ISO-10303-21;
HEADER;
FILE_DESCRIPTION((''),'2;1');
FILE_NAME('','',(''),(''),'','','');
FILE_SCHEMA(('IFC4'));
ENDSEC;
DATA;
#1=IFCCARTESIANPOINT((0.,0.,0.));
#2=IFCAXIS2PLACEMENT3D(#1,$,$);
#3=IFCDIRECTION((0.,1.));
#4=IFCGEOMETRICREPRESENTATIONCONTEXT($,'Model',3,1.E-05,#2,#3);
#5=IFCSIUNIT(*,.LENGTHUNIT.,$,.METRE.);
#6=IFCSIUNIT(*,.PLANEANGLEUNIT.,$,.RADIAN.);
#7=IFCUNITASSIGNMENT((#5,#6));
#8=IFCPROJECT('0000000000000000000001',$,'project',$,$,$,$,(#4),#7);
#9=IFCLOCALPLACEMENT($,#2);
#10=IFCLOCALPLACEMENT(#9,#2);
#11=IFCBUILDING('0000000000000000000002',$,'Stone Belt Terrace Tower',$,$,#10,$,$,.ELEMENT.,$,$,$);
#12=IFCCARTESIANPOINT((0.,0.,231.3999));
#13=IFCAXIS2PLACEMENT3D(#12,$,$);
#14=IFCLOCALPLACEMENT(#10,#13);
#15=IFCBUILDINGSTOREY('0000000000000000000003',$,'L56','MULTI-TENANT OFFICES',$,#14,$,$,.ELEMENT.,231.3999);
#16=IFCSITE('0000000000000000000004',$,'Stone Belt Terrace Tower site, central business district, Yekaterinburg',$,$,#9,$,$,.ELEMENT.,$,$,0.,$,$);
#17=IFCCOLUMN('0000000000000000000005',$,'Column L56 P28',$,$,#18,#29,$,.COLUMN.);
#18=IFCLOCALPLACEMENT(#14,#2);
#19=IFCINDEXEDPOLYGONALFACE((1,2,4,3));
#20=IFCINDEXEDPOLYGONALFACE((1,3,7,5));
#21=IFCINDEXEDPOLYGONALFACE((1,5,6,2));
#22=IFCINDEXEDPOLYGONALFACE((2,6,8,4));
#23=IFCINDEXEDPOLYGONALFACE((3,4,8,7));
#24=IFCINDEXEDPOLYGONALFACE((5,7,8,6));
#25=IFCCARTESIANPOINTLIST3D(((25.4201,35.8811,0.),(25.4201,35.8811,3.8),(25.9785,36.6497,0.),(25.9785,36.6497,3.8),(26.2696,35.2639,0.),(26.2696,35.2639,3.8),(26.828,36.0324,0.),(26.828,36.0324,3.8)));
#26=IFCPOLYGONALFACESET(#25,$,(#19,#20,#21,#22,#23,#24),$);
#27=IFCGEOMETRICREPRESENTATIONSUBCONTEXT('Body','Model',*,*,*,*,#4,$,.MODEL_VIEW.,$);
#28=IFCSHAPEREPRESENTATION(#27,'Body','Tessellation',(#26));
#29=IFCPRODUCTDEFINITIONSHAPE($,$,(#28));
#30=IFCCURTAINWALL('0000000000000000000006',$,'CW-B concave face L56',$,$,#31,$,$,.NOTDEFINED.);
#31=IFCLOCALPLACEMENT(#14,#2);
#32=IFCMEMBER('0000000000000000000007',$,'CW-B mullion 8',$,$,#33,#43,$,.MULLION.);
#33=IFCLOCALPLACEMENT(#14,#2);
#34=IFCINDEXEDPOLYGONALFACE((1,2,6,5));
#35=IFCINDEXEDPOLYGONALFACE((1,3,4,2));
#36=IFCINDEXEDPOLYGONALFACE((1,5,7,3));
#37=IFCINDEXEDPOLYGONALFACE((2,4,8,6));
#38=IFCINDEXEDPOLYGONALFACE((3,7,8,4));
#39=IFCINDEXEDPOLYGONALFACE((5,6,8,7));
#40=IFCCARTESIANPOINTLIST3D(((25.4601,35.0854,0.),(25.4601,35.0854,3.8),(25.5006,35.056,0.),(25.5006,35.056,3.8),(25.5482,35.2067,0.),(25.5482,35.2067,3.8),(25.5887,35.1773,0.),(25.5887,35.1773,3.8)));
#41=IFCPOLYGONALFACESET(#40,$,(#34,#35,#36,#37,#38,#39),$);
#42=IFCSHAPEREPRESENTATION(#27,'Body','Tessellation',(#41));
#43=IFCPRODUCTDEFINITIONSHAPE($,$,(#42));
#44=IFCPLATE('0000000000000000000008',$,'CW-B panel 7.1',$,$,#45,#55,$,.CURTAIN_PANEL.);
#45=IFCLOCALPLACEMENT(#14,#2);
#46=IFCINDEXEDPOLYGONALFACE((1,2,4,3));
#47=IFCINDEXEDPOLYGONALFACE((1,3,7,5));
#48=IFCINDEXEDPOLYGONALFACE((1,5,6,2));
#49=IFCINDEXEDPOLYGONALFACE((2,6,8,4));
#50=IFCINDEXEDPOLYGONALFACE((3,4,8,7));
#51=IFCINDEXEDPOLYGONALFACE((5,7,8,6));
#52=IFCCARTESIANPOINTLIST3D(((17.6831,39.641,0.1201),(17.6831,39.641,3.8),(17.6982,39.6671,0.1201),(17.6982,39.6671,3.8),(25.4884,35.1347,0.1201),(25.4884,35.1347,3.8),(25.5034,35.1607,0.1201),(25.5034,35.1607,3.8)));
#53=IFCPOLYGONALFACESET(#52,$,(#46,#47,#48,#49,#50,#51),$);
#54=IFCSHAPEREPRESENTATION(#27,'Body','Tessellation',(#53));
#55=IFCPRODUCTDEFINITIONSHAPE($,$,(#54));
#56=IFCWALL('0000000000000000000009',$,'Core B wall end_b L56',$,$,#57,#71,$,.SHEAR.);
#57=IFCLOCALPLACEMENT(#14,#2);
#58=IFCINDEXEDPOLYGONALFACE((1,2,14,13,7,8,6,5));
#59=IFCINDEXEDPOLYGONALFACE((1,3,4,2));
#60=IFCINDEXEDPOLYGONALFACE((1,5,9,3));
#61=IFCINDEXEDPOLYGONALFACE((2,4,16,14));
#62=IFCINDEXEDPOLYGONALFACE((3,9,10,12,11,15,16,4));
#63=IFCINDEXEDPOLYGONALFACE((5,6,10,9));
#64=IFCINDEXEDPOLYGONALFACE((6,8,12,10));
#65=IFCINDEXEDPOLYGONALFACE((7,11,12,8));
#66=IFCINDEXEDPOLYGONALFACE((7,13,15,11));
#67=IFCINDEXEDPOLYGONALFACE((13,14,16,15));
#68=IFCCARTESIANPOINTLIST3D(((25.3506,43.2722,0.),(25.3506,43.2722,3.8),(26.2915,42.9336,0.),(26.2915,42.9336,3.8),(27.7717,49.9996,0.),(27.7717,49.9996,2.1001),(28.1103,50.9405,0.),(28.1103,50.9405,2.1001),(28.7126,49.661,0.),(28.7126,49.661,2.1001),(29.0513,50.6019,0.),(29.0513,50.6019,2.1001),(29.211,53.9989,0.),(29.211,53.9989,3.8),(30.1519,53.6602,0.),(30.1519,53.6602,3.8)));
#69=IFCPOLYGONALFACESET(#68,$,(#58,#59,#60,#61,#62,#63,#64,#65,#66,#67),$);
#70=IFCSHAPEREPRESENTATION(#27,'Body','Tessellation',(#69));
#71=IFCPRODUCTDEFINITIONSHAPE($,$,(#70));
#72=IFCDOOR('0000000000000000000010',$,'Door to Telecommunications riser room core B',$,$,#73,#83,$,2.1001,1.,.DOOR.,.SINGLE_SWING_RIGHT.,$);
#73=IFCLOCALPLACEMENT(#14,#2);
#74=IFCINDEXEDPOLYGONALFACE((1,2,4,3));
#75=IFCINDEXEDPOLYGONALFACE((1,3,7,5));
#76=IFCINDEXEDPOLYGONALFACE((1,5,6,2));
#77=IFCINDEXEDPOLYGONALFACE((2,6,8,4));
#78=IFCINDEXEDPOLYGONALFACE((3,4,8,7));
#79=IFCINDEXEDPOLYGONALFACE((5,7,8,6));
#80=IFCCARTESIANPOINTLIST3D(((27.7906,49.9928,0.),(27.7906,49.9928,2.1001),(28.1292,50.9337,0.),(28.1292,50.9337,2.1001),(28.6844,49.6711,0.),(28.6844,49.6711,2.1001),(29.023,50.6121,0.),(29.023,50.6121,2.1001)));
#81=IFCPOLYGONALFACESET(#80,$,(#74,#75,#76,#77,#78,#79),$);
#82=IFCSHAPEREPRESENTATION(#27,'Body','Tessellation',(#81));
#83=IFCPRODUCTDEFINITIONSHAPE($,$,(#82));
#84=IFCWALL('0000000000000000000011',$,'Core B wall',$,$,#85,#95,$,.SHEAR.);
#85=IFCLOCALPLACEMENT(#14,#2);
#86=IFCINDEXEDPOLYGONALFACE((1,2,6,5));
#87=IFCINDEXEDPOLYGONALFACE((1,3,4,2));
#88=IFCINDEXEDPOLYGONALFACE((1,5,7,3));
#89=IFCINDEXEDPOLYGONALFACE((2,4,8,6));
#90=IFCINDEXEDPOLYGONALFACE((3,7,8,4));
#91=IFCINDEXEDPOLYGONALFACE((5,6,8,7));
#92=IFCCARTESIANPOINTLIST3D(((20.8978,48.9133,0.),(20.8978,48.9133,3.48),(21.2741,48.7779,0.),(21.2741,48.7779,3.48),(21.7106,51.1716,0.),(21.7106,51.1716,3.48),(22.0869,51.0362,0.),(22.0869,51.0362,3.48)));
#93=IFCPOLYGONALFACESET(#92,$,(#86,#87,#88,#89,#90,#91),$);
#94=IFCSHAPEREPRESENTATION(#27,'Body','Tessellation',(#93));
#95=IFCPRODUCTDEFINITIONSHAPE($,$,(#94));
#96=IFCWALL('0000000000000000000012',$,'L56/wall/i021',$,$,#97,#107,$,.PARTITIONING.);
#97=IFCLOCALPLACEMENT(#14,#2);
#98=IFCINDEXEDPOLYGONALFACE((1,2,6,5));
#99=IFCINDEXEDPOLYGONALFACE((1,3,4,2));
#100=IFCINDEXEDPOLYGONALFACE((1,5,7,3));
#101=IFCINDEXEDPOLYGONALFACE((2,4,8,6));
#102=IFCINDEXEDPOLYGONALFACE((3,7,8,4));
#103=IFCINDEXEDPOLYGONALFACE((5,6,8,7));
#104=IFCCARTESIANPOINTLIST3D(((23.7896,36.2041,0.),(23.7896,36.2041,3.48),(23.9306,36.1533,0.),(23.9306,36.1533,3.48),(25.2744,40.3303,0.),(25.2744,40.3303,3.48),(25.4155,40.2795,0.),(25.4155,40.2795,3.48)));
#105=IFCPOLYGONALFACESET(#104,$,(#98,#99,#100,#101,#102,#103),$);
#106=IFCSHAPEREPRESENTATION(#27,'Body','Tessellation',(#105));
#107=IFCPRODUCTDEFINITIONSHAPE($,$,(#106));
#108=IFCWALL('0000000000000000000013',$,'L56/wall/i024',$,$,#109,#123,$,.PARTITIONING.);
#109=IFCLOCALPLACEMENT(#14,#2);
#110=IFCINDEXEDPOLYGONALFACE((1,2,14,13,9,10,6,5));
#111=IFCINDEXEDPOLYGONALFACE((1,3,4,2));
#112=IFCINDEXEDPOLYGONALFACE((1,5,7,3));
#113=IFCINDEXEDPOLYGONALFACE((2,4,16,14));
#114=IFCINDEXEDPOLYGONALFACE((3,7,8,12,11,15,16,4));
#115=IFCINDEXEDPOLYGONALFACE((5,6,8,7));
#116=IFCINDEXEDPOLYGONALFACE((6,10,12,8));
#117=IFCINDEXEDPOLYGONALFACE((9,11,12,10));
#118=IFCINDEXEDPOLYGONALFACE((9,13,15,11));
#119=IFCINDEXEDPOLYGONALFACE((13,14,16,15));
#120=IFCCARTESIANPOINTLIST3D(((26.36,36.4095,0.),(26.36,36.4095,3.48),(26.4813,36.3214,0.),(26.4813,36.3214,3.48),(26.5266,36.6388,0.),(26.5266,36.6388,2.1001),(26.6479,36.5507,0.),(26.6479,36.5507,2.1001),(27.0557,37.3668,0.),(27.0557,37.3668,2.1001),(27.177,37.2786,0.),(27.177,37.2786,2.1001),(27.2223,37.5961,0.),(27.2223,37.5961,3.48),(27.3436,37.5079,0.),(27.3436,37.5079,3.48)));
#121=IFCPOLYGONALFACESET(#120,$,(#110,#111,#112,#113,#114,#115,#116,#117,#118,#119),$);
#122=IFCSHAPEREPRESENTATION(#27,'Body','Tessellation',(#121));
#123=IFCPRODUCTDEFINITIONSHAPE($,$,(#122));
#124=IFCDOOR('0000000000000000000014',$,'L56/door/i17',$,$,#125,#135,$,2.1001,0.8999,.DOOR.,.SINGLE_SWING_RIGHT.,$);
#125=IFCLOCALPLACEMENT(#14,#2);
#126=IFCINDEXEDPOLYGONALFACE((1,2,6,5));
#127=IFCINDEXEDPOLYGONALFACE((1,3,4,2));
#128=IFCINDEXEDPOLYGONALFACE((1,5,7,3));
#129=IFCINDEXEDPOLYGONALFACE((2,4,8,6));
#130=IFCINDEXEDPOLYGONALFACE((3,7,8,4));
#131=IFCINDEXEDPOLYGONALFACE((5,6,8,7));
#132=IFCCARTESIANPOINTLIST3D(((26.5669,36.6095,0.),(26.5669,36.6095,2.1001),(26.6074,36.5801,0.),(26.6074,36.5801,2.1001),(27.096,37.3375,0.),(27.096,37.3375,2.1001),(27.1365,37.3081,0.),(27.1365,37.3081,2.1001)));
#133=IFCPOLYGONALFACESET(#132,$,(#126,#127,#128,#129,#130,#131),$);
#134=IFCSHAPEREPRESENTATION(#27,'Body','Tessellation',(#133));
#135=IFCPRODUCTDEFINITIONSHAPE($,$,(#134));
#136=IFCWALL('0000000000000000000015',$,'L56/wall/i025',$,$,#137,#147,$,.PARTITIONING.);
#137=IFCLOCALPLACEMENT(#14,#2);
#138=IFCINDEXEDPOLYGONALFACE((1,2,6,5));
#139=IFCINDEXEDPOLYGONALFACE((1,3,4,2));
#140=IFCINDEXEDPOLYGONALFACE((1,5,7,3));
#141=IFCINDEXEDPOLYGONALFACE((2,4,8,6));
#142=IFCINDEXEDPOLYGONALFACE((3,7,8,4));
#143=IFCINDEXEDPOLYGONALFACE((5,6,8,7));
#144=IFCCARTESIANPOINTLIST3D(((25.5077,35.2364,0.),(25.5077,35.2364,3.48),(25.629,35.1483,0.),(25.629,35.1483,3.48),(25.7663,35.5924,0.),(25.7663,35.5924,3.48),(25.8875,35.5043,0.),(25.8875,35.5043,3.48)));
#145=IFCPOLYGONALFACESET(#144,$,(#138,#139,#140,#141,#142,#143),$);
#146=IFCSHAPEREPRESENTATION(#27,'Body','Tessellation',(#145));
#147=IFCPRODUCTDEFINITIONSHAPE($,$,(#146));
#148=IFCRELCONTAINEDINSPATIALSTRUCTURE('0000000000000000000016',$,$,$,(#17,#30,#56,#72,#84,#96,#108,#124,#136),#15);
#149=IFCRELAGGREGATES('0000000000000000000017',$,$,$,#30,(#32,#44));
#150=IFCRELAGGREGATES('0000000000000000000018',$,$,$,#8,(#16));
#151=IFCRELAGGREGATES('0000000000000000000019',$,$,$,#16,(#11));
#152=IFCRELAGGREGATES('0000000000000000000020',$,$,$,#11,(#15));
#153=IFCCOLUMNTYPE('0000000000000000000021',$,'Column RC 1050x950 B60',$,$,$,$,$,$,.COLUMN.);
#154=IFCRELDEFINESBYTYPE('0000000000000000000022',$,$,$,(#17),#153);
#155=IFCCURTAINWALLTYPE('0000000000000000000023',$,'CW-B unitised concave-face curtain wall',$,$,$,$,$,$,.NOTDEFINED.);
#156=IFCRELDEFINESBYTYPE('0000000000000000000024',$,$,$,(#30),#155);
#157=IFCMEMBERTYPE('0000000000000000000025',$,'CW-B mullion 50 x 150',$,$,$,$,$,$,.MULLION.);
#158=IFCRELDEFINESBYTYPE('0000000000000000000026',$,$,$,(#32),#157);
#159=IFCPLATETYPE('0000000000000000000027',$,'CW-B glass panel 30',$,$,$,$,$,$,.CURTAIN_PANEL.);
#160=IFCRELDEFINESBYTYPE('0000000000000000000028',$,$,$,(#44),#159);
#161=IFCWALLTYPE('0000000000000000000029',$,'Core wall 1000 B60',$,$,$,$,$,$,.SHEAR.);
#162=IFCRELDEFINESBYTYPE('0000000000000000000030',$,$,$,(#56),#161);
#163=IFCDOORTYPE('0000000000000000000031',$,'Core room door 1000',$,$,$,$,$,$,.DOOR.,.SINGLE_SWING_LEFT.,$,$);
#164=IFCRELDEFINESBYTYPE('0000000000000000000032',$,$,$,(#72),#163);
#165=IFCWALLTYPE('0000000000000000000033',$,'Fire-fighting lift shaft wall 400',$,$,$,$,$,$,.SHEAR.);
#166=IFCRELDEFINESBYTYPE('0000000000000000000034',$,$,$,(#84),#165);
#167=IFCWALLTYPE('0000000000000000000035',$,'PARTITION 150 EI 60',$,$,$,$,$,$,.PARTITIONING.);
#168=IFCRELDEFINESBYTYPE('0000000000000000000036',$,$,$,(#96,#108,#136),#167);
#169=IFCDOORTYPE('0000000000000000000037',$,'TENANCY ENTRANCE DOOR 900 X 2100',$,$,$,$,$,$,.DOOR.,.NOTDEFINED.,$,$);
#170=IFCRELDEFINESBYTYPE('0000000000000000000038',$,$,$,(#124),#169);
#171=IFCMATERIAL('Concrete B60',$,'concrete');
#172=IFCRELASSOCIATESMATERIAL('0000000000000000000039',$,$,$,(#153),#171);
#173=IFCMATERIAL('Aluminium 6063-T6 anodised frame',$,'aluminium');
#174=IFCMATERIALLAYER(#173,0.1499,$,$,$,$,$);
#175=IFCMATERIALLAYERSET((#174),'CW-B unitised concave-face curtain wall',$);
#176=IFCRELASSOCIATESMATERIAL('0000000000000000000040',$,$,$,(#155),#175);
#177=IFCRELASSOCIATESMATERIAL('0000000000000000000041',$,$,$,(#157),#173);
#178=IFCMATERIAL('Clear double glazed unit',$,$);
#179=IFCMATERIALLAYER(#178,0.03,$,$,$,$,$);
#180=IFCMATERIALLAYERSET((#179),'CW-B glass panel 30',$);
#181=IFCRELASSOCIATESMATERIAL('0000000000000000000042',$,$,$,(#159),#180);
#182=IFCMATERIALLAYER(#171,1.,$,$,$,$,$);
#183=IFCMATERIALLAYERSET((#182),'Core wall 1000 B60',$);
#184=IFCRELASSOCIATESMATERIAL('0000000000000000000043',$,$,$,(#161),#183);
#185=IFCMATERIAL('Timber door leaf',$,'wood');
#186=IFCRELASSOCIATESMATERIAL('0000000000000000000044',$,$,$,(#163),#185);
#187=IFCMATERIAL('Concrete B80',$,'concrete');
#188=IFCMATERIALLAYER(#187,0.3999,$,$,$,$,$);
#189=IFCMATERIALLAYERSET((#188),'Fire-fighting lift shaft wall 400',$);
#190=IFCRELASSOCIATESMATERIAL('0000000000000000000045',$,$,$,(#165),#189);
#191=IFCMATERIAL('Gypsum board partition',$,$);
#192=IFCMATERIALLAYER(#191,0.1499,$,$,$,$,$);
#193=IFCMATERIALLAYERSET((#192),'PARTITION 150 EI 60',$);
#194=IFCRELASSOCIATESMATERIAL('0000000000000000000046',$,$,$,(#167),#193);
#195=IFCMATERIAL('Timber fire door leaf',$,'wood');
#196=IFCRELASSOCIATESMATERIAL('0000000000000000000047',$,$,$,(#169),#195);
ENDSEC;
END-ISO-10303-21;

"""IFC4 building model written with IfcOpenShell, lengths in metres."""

from ifc_helpers import new_model, si_unit, direction, frame, frame_2d, origin, origin_2d, place, context, subcontext, project, spatial, rectangle, extrude, material, layer, layer_set, material_profile, profile_set, type_object, element, fill, aggregate, save


model = new_model("IFC4")

# Units and contexts
model_context = context("Model", 3, precision=1e-05, world=origin(), true_north=direction((0.0, 1.0)))
body_context = subcontext(model_context, "Body", "Model", "MODEL_VIEW")
ifc_project = project(units=[si_unit("LENGTHUNIT", "METRE"), si_unit("PLANEANGLEUNIT", "RADIAN")], contexts=[model_context])

# Site, building, storey
site_placement = place(None, origin())
site = spatial("IfcSite", under=ifc_project, at=site_placement, Name="Stone Belt Terrace Tower site, central business district, Yekaterinburg", CompositionType="ELEMENT", RefElevation=0.0)
building_placement = place(site_placement, origin())
building = spatial("IfcBuilding", under=site, at=building_placement, Name="Stone Belt Terrace Tower", CompositionType="ELEMENT")
storey_placement = place(building_placement, frame((0.0, 0.0, 231.3999)))
storey = spatial("IfcBuildingStorey", under=building, at=storey_placement, Name="L56", Description="MULTI-TENANT OFFICES", CompositionType="ELEMENT", Elevation=231.3999)

# Column
ifc_material_1 = material(Name="Concrete B60", Category="concrete")
ifc_material_profile_1 = material_profile(ifc_material_1, rectangle(XDim=1.05, YDim=0.95, at=origin_2d()), Name="RC 1050x950")
ifc_profile_set_1 = profile_set([ifc_material_profile_1], Name="Concrete B60")
column_type = type_object("IfcColumnType", Name="Column RC 1050x950 B60", PredefinedType="COLUMN", material=ifc_profile_set_1)
column_placement = place(storey_placement, frame((26.124, 35.9568, 0.0), z_axis=(0.0, 0.0, 1.0), x_axis=(0.809017, -0.587785, 0.0)))
element("IfcColumn", 1, at=column_placement, inside=storey, type_object=column_type, Name="Column L56 P28", PredefinedType="COLUMN", context=body_context, shape_type="SweptSolid", body=[
    extrude(rectangle(XDim=1.05, YDim=0.95, at=origin_2d()), origin(), (0.0, 0.0, 1.0), 3.8),
])

# Curtain wall, member, plate
ifc_material_2 = material(Name="Aluminium 6063-T6 anodised frame", Category="aluminium")
ifc_layer_1 = layer(ifc_material_2, 0.1499)
ifc_layer_set_1 = layer_set([ifc_layer_1], Name="CW-B unitised concave-face curtain wall")
curtain_wall_type = type_object("IfcCurtainWallType", Name="CW-B unitised concave-face curtain wall", PredefinedType="NOTDEFINED", material=ifc_layer_set_1)
curtain_wall_placement = place(storey_placement, origin())
curtain_wall = element("IfcCurtainWall", 2, at=curtain_wall_placement, inside=storey, type_object=curtain_wall_type, Name="CW-B concave face L56", PredefinedType="NOTDEFINED")
ifc_material_profile_2 = material_profile(ifc_material_2, rectangle(XDim=0.1499, YDim=0.05, at=origin_2d()), Name="Aluminium 6063-T6 50x150")
ifc_profile_set_2 = profile_set([ifc_material_profile_2], Name="Aluminium 6063-T6 anodised frame")
member_type = type_object("IfcMemberType", Name="CW-B mullion 50 x 150", PredefinedType="MULLION", material=ifc_profile_set_2)
member_placement = place(storey_placement, frame((25.5244, 35.1313, 0.0), z_axis=(0.0, 0.0, 1.0), x_axis=(0.587785, 0.809017, 0.0)))
member = element("IfcMember", 3, at=member_placement, type_object=member_type, Name="CW-B mullion 8", PredefinedType="MULLION", context=body_context, shape_type="SweptSolid", body=[
    extrude(rectangle(XDim=0.1499, YDim=0.05, at=origin_2d()), origin(), (0.0, 0.0, 1.0), 3.8),
])
ifc_material_3 = material(Name="Clear double glazed unit")
ifc_layer_2 = layer(ifc_material_3, 0.03)
ifc_layer_set_2 = layer_set([ifc_layer_2], Name="CW-B glass panel 30")
plate_type = type_object("IfcPlateType", Name="CW-B glass panel 30", PredefinedType="CURTAIN_PANEL", material=ifc_layer_set_2)
plate_placement = place(storey_placement, frame((21.5933, 37.4009, 0.1201), z_axis=(0.0, 0.0, 1.0), x_axis=(0.866025, -0.5, 0.0)))
plate = element("IfcPlate", 4, at=plate_placement, type_object=plate_type, Name="CW-B panel 7.1", PredefinedType="CURTAIN_PANEL", context=body_context, shape_type="SweptSolid", body=[
    extrude(rectangle(XDim=9.0127, YDim=0.03, at=origin_2d()), origin(), (0.0, 0.0, 1.0), 3.6799),
])
aggregate(curtain_wall, [member, plate])

# Wall, opening, door
ifc_layer_3 = layer(ifc_material_1, 1.0)
ifc_layer_set_3 = layer_set([ifc_layer_3], Name="Core wall 1000 B60")
wall_type_1 = type_object("IfcWallType", Name="Core wall 1000 B60", PredefinedType="SHEAR", material=ifc_layer_set_3)
wall_1_placement = place(storey_placement, frame((25.821, 43.1028, 0.0), z_axis=(0.0, 0.0, 1.0), x_axis=(0.338625, 0.940921, 0.0)))
wall_1 = element("IfcWall", 5, at=wall_1_placement, inside=storey, type_object=wall_type_1, Name="Core B wall end_b L56", PredefinedType="SHEAR", context=body_context, shape_type="SweptSolid", body=[
    extrude(rectangle(XDim=11.4001, YDim=1.0, at=frame_2d((5.7002, 0.0))), origin(), (0.0, 0.0, 1.0), 3.8),
])
opening_1_placement = place(wall_1_placement, frame((7.1499, 0.0, 0.0)))
opening_1 = element("IfcOpeningElement", 6, at=opening_1_placement, cuts=wall_1, PredefinedType="OPENING", context=body_context, shape_type="SweptSolid", body=[
    extrude(rectangle(XDim=1.0, YDim=2.1001, at=frame_2d((0.5, 1.05))), frame((0.0, 0.51, 0.0), z_axis=(0.0, -1.0, 0.0), x_axis=(1.0, 0.0, 0.0)), (0.0, 0.0, 1.0), 1.02),
])
ifc_material_4 = material(Name="Timber door leaf", Category="wood")
door_type_1 = type_object("IfcDoorType", Name="Core room door 1000", OperationType="SINGLE_SWING_LEFT", PredefinedType="DOOR", material=ifc_material_4)
door_1_placement = place(opening_1_placement, origin())
door_1 = element("IfcDoor", 7, at=door_1_placement, inside=storey, type_object=door_type_1, Name="Door to Telecommunications riser room core B", OperationType="SINGLE_SWING_RIGHT", OverallHeight=2.1001, OverallWidth=1.0, PredefinedType="DOOR", context=body_context, shape_type="SweptSolid", body=[
    extrude(rectangle(XDim=1.0, YDim=2.1001, at=frame_2d((0.5, 1.05))), frame((0.0, 0.48, 0.0), z_axis=(0.0, -1.0, 0.0), x_axis=(1.0, 0.0, 0.0)), (0.0, 0.0, 1.0), 0.95),
])
fill(opening_1, door_1)

# Walls
ifc_material_5 = material(Name="Concrete B80", Category="concrete")
ifc_layer_4 = layer(ifc_material_5, 0.3999)
ifc_layer_set_4 = layer_set([ifc_layer_4], Name="Fire-fighting lift shaft wall 400")
wall_type_2 = type_object("IfcWallType", Name="Fire-fighting lift shaft wall 400", PredefinedType="SHEAR", material=ifc_layer_set_4)
wall_2_placement = place(storey_placement, frame((21.0859, 48.8455, 0.0), z_axis=(0.0, 0.0, 1.0), x_axis=(0.338629, 0.94092, 0.0)))
element("IfcWall", 8, at=wall_2_placement, inside=storey, type_object=wall_type_2, Name="Core B wall", PredefinedType="SHEAR", context=body_context, shape_type="SweptSolid", body=[
    extrude(rectangle(XDim=2.4001, YDim=0.3999, at=frame_2d((1.2002, 0.0))), origin(), (0.0, 0.0, 1.0), 3.48),
])
ifc_material_6 = material(Name="Gypsum board partition")
ifc_layer_5 = layer(ifc_material_6, 0.1499)
ifc_layer_set_5 = layer_set([ifc_layer_5], Name="PARTITION 150 EI 60")
wall_type_3 = type_object("IfcWallType", Name="PARTITION 150 EI 60", PredefinedType="PARTITIONING", material=ifc_layer_set_5)
wall_3_placement = place(storey_placement, frame((23.8601, 36.1787, 0.0), z_axis=(0.0, 0.0, 1.0), x_axis=(0.338603, 0.940929, 0.0)))
element("IfcWall", 9, at=wall_3_placement, inside=storey, type_object=wall_type_3, Name="L56/wall/i021", PredefinedType="PARTITIONING", context=body_context, shape_type="SweptSolid", body=[
    extrude(rectangle(XDim=4.3853, YDim=0.1499, at=frame_2d((2.1926, 0.0))), origin(), (0.0, 0.0, 1.0), 3.48),
])

# Wall, opening, door
wall_4_placement = place(storey_placement, frame((27.283, 37.552, 0.0), z_axis=(0.0, 0.0, 1.0), x_axis=(-0.587895, -0.808938, 0.0)))
wall_4 = element("IfcWall", 10, at=wall_4_placement, inside=storey, type_object=wall_type_3, Name="L56/wall/i024", PredefinedType="PARTITIONING", context=body_context, shape_type="SweptSolid", body=[
    extrude(rectangle(XDim=1.4668, YDim=0.1499, at=frame_2d((0.7334, 0.0))), origin(), (0.0, 0.0, 1.0), 3.48),
])
opening_2_placement = place(wall_4_placement, frame((0.2834, 0.0, 0.0)))
opening_2 = element("IfcOpeningElement", 11, at=opening_2_placement, cuts=wall_4, PredefinedType="OPENING", context=body_context, shape_type="SweptSolid", body=[
    extrude(rectangle(XDim=0.8999, YDim=2.1001, at=frame_2d((0.45, 1.05))), frame((0.0, 0.085, 0.0), z_axis=(0.0, -1.0, 0.0), x_axis=(1.0, 0.0, 0.0)), (0.0, 0.0, 1.0), 0.1699),
])
ifc_material_7 = material(Name="Timber fire door leaf", Category="wood")
door_type_2 = type_object("IfcDoorType", Name="TENANCY ENTRANCE DOOR 900 X 2100", OperationType="NOTDEFINED", PredefinedType="DOOR", material=ifc_material_7)
door_2_placement = place(opening_2_placement, origin())
door_2 = element("IfcDoor", 12, at=door_2_placement, inside=storey, type_object=door_type_2, Name="L56/door/i17", OperationType="SINGLE_SWING_RIGHT", OverallHeight=2.1001, OverallWidth=0.8999, PredefinedType="DOOR", context=body_context, shape_type="SweptSolid", body=[
    extrude(rectangle(XDim=0.8999, YDim=2.1001, at=frame_2d((0.45, 1.05))), frame((0.0, 0.0249, 0.0), z_axis=(0.0, -1.0, 0.0), x_axis=(1.0, 0.0, 0.0)), (0.0, 0.0, 1.0), 0.05),
])
fill(opening_2, door_2)

# Wall
wall_5_placement = place(storey_placement, frame((25.8269, 35.5483, 0.0), z_axis=(0.0, 0.0, 1.0), x_axis=(-0.587677, -0.809096, 0.0)))
element("IfcWall", 13, at=wall_5_placement, inside=storey, type_object=wall_type_3, Name="L56/wall/i025", PredefinedType="PARTITIONING", context=body_context, shape_type="SweptSolid", body=[
    extrude(rectangle(XDim=0.4399, YDim=0.1499, at=frame_2d((0.22, 0.0))), origin(), (0.0, 0.0, 1.0), 3.48),
])

save(model, "model.ifc")
